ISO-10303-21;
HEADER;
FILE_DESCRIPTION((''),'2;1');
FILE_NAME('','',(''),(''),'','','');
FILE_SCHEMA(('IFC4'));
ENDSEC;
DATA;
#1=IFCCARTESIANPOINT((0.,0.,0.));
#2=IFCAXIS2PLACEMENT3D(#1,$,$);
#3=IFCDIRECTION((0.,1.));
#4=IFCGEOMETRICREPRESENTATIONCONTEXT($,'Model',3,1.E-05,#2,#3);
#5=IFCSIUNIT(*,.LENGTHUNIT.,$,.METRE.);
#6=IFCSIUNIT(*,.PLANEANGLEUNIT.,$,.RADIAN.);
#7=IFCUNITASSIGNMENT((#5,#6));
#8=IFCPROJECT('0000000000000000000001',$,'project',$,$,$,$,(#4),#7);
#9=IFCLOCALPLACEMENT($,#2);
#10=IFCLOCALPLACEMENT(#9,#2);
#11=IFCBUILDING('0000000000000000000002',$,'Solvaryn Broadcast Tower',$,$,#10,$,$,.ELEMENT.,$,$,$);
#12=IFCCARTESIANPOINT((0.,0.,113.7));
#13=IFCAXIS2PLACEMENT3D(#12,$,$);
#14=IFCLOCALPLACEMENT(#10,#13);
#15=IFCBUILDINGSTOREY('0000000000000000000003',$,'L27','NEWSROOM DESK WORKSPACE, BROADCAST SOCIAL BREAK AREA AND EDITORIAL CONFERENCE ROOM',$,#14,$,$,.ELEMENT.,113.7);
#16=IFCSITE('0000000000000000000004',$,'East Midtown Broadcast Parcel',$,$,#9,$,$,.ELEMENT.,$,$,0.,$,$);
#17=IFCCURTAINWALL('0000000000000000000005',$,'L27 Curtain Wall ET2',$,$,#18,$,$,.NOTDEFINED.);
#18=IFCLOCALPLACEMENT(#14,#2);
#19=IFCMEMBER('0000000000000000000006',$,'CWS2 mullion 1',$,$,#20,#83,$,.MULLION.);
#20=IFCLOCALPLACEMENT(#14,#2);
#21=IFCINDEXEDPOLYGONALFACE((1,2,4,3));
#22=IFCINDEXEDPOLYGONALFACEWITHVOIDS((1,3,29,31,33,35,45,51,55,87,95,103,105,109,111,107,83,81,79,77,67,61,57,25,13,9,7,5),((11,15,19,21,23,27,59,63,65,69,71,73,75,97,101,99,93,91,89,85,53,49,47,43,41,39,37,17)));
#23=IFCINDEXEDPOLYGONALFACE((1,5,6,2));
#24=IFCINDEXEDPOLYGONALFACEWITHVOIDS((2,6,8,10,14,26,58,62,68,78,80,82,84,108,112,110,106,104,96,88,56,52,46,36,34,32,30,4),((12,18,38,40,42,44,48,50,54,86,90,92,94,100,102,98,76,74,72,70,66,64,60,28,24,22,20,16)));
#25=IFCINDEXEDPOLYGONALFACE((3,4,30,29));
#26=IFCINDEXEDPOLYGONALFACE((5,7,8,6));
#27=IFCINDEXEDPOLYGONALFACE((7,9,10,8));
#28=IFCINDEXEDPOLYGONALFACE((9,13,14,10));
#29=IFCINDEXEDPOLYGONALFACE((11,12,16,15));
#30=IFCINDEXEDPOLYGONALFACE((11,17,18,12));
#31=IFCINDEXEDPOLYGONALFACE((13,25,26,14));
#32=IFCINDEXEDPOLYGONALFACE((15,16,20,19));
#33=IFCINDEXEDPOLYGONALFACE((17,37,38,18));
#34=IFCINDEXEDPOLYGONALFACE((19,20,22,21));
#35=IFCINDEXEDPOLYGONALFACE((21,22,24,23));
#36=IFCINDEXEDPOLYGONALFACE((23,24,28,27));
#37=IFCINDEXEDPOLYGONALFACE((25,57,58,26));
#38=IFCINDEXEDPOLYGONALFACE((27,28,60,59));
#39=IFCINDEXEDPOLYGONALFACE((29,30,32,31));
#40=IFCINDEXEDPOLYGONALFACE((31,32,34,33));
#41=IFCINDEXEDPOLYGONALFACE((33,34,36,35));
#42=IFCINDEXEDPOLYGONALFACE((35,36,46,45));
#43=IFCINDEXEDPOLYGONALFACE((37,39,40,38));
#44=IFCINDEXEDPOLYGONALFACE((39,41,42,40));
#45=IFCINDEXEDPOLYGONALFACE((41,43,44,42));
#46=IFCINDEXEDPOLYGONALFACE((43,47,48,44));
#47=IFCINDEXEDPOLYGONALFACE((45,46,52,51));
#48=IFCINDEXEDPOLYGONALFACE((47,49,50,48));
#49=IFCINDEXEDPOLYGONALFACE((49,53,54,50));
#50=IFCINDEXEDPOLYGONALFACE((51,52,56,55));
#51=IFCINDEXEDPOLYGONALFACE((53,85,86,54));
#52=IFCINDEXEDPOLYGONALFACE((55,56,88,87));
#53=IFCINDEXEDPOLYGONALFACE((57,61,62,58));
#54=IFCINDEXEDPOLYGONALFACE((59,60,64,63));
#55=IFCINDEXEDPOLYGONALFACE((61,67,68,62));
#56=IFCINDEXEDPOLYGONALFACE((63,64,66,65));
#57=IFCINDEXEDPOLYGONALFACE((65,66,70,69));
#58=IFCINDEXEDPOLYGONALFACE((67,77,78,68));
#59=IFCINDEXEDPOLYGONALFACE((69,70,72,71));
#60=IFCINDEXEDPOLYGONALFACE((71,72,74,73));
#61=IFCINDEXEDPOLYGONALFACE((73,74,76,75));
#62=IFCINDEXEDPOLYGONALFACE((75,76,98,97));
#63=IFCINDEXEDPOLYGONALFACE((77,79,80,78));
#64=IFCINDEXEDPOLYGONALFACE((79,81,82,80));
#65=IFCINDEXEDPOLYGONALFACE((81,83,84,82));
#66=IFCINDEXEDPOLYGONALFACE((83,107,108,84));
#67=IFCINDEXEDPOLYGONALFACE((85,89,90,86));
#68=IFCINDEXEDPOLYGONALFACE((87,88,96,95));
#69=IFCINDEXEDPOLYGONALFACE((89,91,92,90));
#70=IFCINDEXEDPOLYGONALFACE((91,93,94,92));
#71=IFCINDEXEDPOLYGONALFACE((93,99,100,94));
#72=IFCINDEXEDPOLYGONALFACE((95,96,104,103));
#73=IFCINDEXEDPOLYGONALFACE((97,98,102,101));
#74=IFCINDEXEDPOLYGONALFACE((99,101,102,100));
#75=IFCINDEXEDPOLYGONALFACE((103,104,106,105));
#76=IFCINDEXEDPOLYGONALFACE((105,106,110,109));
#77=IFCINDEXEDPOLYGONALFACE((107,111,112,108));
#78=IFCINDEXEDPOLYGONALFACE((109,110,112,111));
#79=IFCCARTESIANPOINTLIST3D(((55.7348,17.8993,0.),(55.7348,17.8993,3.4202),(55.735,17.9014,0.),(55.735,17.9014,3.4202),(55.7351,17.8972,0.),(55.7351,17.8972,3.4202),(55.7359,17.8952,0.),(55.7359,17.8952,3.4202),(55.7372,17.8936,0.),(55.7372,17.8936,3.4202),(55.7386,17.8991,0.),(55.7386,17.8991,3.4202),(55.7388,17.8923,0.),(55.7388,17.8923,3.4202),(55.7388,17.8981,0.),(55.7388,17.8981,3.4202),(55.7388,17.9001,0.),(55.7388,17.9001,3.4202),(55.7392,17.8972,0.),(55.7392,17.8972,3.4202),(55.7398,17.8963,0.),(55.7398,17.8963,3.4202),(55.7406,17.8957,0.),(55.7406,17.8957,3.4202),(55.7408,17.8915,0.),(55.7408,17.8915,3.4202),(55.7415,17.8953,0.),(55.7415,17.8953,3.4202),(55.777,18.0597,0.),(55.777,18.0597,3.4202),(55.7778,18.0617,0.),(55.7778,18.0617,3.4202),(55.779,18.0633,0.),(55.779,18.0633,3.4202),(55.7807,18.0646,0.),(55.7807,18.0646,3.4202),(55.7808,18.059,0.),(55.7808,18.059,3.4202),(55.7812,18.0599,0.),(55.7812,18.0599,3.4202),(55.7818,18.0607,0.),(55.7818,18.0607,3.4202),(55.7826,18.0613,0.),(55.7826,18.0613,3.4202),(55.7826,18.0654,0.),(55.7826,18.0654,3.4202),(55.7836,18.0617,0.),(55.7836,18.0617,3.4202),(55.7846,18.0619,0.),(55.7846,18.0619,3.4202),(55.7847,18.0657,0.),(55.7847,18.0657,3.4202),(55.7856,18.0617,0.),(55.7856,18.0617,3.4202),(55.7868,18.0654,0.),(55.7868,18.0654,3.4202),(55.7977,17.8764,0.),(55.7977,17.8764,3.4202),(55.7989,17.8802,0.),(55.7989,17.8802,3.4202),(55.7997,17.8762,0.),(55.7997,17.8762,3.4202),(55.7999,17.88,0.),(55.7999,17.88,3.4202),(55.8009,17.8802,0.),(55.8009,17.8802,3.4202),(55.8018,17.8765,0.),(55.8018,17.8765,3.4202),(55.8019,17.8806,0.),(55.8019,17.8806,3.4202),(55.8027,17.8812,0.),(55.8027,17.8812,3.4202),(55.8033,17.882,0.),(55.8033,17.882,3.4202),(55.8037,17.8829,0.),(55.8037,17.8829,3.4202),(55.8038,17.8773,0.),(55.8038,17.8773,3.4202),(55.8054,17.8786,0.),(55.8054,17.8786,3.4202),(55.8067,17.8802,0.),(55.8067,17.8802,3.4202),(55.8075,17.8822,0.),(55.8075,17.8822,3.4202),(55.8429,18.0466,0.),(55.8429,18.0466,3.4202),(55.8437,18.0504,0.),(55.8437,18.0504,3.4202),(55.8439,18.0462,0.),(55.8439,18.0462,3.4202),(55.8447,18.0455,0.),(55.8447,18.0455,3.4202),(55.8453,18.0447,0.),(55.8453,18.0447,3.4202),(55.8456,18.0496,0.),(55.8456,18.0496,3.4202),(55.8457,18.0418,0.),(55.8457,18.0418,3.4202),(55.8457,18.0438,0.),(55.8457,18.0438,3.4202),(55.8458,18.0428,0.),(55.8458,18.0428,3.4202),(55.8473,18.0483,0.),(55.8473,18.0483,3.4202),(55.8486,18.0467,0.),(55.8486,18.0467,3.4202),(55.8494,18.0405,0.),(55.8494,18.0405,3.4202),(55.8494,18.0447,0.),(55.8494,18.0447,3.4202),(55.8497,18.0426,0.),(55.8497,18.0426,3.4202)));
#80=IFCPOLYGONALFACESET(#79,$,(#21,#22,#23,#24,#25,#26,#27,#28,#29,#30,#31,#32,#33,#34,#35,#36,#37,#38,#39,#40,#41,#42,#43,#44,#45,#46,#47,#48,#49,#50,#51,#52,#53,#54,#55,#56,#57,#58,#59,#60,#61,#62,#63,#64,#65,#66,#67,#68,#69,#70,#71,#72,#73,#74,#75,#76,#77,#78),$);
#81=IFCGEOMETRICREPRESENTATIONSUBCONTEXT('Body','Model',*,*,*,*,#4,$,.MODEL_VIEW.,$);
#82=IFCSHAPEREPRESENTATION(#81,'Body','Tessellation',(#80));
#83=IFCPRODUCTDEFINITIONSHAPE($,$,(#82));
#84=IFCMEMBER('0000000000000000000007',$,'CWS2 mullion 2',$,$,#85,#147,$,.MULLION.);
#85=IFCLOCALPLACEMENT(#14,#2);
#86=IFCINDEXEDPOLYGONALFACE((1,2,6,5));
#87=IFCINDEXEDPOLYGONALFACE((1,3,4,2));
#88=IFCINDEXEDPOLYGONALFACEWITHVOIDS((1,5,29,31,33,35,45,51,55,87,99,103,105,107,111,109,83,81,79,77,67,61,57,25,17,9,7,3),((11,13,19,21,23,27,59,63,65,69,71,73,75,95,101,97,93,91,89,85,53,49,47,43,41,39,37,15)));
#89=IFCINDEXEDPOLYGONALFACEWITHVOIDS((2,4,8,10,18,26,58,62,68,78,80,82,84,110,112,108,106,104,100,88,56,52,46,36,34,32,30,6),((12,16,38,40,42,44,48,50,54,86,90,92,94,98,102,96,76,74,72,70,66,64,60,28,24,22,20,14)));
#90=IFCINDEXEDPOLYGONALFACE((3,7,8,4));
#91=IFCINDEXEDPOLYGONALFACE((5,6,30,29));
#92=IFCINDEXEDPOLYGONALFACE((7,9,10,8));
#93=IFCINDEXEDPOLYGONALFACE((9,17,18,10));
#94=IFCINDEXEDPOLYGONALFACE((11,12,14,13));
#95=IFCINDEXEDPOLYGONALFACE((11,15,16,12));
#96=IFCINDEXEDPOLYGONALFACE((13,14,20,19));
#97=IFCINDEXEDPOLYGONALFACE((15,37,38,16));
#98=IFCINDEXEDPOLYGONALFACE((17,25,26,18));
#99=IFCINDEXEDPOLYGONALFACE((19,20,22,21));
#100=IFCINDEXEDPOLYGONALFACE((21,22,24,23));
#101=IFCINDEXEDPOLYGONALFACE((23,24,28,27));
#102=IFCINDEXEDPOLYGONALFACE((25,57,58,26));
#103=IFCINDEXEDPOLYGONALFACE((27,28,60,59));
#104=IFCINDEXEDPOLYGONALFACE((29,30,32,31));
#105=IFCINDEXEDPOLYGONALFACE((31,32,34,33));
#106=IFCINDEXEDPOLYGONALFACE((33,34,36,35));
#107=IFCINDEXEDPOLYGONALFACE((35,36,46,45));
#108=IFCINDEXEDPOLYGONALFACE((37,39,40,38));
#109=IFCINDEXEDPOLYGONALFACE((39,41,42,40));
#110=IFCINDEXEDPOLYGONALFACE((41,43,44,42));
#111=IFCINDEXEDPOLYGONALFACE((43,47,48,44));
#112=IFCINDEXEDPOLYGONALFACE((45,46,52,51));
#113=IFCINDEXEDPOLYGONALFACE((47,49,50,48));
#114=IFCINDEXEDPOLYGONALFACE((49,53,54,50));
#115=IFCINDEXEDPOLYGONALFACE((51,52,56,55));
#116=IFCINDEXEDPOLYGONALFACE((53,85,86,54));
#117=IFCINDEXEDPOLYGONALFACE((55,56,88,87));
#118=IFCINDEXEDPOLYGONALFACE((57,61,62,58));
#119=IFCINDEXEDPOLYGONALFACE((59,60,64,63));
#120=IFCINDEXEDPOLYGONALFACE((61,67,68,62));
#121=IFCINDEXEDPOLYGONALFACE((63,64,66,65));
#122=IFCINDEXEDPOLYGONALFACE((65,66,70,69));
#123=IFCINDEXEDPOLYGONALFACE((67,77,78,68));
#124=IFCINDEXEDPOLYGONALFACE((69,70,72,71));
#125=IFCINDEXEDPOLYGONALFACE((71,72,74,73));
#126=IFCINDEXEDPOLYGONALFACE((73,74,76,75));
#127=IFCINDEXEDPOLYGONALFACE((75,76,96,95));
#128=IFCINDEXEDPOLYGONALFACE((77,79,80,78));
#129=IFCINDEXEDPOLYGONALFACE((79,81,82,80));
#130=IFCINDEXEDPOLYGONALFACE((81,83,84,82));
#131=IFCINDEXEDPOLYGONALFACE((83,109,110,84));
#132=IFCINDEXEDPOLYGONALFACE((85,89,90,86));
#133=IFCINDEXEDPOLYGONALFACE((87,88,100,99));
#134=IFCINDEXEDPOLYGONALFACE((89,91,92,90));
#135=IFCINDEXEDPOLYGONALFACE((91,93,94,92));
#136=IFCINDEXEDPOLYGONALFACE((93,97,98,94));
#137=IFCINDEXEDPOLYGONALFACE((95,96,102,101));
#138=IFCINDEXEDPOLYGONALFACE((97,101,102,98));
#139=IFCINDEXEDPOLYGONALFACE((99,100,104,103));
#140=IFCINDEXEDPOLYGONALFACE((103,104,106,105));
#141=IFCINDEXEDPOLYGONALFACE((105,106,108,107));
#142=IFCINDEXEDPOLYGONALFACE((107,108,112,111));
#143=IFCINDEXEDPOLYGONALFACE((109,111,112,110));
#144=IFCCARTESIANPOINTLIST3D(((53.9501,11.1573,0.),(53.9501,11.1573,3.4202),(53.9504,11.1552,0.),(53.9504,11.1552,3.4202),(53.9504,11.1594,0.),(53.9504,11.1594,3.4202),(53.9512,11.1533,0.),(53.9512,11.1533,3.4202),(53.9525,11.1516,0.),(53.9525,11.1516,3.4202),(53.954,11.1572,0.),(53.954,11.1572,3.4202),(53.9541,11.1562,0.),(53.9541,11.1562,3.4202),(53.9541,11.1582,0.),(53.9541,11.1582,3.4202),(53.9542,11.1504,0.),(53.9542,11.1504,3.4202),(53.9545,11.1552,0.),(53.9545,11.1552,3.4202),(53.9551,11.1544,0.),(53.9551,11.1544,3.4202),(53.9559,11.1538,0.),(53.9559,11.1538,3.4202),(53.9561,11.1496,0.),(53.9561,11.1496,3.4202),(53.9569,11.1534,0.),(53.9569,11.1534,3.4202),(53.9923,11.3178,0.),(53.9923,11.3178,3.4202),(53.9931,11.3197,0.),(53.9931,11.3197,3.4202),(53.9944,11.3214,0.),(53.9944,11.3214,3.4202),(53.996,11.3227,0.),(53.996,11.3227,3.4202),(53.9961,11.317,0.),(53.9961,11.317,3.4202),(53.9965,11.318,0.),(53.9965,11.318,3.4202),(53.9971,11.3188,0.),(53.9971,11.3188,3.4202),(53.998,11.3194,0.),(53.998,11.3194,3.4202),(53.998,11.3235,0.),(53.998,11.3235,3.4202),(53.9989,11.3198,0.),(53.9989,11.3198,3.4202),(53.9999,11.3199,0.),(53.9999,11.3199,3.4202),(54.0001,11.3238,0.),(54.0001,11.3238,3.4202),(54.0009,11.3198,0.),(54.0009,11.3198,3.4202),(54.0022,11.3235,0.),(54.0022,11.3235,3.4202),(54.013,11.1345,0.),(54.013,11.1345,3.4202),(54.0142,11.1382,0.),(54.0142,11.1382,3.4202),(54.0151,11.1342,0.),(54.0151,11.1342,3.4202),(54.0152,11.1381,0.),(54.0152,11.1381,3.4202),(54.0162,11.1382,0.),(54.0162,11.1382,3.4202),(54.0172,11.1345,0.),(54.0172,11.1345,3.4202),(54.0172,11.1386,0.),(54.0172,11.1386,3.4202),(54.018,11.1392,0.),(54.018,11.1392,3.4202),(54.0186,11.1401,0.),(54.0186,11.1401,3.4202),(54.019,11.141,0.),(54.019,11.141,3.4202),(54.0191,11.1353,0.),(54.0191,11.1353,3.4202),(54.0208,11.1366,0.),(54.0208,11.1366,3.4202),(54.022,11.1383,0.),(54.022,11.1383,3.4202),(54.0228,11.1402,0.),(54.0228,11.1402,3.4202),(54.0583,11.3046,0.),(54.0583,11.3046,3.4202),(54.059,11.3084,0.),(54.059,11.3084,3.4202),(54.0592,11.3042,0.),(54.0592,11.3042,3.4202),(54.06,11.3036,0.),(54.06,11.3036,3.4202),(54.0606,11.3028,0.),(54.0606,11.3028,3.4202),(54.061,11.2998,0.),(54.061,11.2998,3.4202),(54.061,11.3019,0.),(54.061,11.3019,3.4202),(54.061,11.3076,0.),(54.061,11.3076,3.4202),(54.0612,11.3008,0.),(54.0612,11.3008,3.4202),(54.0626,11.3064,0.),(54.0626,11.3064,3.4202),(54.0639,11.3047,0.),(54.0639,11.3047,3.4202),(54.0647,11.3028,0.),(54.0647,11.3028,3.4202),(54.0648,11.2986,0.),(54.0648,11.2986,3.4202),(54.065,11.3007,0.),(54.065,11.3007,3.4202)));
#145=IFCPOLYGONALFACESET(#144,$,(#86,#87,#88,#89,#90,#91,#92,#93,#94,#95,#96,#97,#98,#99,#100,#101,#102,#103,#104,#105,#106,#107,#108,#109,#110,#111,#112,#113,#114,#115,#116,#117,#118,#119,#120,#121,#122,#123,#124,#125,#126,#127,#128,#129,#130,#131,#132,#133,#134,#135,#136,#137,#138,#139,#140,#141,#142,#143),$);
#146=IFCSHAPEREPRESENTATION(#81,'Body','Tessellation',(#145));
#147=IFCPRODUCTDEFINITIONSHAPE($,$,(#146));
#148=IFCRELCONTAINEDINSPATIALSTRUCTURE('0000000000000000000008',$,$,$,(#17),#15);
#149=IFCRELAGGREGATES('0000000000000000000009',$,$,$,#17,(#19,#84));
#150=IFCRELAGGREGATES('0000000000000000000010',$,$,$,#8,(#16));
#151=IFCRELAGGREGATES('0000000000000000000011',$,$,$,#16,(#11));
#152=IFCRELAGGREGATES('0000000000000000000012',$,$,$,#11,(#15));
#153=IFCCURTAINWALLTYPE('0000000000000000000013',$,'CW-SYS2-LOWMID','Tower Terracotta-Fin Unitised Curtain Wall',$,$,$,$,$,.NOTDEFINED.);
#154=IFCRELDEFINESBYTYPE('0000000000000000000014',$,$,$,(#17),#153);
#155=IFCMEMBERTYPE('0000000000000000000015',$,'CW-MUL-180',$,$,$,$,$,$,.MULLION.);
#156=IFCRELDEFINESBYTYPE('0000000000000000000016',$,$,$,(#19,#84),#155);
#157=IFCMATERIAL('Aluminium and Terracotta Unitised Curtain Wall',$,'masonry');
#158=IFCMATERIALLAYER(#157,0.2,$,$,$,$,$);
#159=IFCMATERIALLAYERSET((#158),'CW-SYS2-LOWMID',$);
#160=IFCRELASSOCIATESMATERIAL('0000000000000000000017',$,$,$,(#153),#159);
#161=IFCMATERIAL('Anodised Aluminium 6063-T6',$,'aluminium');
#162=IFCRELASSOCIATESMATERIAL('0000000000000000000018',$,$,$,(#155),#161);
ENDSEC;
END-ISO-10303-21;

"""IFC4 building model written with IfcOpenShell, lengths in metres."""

from ifc_helpers import new_model, si_unit, direction, frame, origin, origin_2d, place, context, subcontext, project, spatial, hollow_rectangle, extrude, material, layer, layer_set, material_profile, profile_set, type_object, element, aggregate, save


model = new_model("IFC4")

# Units and contexts
model_context = context("Model", 3, precision=1e-05, world=origin(), true_north=direction((0.0, 1.0)))
body_context = subcontext(model_context, "Body", "Model", "MODEL_VIEW")
ifc_project = project(units=[si_unit("LENGTHUNIT", "METRE"), si_unit("PLANEANGLEUNIT", "RADIAN")], contexts=[model_context])

# Site, building, storey
site_placement = place(None, origin())
site = spatial("IfcSite", under=ifc_project, at=site_placement, Name="East Midtown Broadcast Parcel", CompositionType="ELEMENT", RefElevation=0.0)
building_placement = place(site_placement, origin())
building = spatial("IfcBuilding", under=site, at=building_placement, Name="Solvaryn Broadcast Tower", CompositionType="ELEMENT")
storey_placement = place(building_placement, frame((0.0, 0.0, 113.7)))
storey = spatial("IfcBuildingStorey", under=building, at=storey_placement, Name="L27", Description="NEWSROOM DESK WORKSPACE, BROADCAST SOCIAL BREAK AREA AND EDITORIAL CONFERENCE ROOM", CompositionType="ELEMENT", Elevation=113.7)

# Shared definitions
ifc_material_1 = material(Name="Aluminium and Terracotta Unitised Curtain Wall", Category="masonry")
ifc_layer_1 = layer(ifc_material_1, 0.2)
ifc_layer_set_1 = layer_set([ifc_layer_1], Name="CW-SYS2-LOWMID")
curtain_wall_type = type_object("IfcCurtainWallType", Name="CW-SYS2-LOWMID", Description="Tower Terracotta-Fin Unitised Curtain Wall", PredefinedType="NOTDEFINED", material=ifc_layer_set_1)
ifc_material_2 = material(Name="Anodised Aluminium 6063-T6", Category="aluminium")
ifc_material_profile_1 = material_profile(ifc_material_2, hollow_rectangle(XDim=0.075, YDim=0.1799, WallThickness=0.0039, InnerFilletRadius=0.0039, OuterFilletRadius=0.0081, at=origin_2d()))
ifc_profile_set_1 = profile_set([ifc_material_profile_1], Name="Anodised Aluminium 6063-T6")
member_type_1 = type_object("IfcMemberType", Name="CW-MUL-180", PredefinedType="MULLION", material=ifc_profile_set_1)

# Curtain wall, members
curtain_wall_1_placement = place(storey_placement, origin())
curtain_wall_1 = element("IfcCurtainWall", 1, at=curtain_wall_1_placement, inside=storey, type_object=curtain_wall_type, Name="L27 Curtain Wall ET2", PredefinedType="NOTDEFINED")
member_1_placement = place(storey_placement, frame((55.7922, 17.9709, 0.0), z_axis=(0.0, 0.0, 1.0), x_axis=(0.966705, -0.255893, 0.0)))
member_1 = element("IfcMember", 2, at=member_1_placement, type_object=member_type_1, Name="CWS2 mullion 1", PredefinedType="MULLION", context=body_context, shape_type="SweptSolid", body=[
    extrude(hollow_rectangle(XDim=0.075, YDim=0.1799, WallThickness=0.0039, InnerFilletRadius=0.0039, OuterFilletRadius=0.0081, at=origin_2d()), origin(), (0.0, 0.0, 1.0), 3.4202),
])
member_2_placement = place(storey_placement, frame((54.0076, 11.229, 0.0), z_axis=(0.0, 0.0, 1.0), x_axis=(0.966705, -0.255893, 0.0)))
member_2 = element("IfcMember", 3, at=member_2_placement, type_object=member_type_1, Name="CWS2 mullion 2", PredefinedType="MULLION", context=body_context, shape_type="SweptSolid", body=[
    extrude(hollow_rectangle(XDim=0.075, YDim=0.1799, WallThickness=0.0039, InnerFilletRadius=0.0039, OuterFilletRadius=0.0081, at=origin_2d()), origin(), (0.0, 0.0, 1.0), 3.4202),
])

aggregate(curtain_wall_1, [member_1, member_2])

save(model, "model.ifc")
